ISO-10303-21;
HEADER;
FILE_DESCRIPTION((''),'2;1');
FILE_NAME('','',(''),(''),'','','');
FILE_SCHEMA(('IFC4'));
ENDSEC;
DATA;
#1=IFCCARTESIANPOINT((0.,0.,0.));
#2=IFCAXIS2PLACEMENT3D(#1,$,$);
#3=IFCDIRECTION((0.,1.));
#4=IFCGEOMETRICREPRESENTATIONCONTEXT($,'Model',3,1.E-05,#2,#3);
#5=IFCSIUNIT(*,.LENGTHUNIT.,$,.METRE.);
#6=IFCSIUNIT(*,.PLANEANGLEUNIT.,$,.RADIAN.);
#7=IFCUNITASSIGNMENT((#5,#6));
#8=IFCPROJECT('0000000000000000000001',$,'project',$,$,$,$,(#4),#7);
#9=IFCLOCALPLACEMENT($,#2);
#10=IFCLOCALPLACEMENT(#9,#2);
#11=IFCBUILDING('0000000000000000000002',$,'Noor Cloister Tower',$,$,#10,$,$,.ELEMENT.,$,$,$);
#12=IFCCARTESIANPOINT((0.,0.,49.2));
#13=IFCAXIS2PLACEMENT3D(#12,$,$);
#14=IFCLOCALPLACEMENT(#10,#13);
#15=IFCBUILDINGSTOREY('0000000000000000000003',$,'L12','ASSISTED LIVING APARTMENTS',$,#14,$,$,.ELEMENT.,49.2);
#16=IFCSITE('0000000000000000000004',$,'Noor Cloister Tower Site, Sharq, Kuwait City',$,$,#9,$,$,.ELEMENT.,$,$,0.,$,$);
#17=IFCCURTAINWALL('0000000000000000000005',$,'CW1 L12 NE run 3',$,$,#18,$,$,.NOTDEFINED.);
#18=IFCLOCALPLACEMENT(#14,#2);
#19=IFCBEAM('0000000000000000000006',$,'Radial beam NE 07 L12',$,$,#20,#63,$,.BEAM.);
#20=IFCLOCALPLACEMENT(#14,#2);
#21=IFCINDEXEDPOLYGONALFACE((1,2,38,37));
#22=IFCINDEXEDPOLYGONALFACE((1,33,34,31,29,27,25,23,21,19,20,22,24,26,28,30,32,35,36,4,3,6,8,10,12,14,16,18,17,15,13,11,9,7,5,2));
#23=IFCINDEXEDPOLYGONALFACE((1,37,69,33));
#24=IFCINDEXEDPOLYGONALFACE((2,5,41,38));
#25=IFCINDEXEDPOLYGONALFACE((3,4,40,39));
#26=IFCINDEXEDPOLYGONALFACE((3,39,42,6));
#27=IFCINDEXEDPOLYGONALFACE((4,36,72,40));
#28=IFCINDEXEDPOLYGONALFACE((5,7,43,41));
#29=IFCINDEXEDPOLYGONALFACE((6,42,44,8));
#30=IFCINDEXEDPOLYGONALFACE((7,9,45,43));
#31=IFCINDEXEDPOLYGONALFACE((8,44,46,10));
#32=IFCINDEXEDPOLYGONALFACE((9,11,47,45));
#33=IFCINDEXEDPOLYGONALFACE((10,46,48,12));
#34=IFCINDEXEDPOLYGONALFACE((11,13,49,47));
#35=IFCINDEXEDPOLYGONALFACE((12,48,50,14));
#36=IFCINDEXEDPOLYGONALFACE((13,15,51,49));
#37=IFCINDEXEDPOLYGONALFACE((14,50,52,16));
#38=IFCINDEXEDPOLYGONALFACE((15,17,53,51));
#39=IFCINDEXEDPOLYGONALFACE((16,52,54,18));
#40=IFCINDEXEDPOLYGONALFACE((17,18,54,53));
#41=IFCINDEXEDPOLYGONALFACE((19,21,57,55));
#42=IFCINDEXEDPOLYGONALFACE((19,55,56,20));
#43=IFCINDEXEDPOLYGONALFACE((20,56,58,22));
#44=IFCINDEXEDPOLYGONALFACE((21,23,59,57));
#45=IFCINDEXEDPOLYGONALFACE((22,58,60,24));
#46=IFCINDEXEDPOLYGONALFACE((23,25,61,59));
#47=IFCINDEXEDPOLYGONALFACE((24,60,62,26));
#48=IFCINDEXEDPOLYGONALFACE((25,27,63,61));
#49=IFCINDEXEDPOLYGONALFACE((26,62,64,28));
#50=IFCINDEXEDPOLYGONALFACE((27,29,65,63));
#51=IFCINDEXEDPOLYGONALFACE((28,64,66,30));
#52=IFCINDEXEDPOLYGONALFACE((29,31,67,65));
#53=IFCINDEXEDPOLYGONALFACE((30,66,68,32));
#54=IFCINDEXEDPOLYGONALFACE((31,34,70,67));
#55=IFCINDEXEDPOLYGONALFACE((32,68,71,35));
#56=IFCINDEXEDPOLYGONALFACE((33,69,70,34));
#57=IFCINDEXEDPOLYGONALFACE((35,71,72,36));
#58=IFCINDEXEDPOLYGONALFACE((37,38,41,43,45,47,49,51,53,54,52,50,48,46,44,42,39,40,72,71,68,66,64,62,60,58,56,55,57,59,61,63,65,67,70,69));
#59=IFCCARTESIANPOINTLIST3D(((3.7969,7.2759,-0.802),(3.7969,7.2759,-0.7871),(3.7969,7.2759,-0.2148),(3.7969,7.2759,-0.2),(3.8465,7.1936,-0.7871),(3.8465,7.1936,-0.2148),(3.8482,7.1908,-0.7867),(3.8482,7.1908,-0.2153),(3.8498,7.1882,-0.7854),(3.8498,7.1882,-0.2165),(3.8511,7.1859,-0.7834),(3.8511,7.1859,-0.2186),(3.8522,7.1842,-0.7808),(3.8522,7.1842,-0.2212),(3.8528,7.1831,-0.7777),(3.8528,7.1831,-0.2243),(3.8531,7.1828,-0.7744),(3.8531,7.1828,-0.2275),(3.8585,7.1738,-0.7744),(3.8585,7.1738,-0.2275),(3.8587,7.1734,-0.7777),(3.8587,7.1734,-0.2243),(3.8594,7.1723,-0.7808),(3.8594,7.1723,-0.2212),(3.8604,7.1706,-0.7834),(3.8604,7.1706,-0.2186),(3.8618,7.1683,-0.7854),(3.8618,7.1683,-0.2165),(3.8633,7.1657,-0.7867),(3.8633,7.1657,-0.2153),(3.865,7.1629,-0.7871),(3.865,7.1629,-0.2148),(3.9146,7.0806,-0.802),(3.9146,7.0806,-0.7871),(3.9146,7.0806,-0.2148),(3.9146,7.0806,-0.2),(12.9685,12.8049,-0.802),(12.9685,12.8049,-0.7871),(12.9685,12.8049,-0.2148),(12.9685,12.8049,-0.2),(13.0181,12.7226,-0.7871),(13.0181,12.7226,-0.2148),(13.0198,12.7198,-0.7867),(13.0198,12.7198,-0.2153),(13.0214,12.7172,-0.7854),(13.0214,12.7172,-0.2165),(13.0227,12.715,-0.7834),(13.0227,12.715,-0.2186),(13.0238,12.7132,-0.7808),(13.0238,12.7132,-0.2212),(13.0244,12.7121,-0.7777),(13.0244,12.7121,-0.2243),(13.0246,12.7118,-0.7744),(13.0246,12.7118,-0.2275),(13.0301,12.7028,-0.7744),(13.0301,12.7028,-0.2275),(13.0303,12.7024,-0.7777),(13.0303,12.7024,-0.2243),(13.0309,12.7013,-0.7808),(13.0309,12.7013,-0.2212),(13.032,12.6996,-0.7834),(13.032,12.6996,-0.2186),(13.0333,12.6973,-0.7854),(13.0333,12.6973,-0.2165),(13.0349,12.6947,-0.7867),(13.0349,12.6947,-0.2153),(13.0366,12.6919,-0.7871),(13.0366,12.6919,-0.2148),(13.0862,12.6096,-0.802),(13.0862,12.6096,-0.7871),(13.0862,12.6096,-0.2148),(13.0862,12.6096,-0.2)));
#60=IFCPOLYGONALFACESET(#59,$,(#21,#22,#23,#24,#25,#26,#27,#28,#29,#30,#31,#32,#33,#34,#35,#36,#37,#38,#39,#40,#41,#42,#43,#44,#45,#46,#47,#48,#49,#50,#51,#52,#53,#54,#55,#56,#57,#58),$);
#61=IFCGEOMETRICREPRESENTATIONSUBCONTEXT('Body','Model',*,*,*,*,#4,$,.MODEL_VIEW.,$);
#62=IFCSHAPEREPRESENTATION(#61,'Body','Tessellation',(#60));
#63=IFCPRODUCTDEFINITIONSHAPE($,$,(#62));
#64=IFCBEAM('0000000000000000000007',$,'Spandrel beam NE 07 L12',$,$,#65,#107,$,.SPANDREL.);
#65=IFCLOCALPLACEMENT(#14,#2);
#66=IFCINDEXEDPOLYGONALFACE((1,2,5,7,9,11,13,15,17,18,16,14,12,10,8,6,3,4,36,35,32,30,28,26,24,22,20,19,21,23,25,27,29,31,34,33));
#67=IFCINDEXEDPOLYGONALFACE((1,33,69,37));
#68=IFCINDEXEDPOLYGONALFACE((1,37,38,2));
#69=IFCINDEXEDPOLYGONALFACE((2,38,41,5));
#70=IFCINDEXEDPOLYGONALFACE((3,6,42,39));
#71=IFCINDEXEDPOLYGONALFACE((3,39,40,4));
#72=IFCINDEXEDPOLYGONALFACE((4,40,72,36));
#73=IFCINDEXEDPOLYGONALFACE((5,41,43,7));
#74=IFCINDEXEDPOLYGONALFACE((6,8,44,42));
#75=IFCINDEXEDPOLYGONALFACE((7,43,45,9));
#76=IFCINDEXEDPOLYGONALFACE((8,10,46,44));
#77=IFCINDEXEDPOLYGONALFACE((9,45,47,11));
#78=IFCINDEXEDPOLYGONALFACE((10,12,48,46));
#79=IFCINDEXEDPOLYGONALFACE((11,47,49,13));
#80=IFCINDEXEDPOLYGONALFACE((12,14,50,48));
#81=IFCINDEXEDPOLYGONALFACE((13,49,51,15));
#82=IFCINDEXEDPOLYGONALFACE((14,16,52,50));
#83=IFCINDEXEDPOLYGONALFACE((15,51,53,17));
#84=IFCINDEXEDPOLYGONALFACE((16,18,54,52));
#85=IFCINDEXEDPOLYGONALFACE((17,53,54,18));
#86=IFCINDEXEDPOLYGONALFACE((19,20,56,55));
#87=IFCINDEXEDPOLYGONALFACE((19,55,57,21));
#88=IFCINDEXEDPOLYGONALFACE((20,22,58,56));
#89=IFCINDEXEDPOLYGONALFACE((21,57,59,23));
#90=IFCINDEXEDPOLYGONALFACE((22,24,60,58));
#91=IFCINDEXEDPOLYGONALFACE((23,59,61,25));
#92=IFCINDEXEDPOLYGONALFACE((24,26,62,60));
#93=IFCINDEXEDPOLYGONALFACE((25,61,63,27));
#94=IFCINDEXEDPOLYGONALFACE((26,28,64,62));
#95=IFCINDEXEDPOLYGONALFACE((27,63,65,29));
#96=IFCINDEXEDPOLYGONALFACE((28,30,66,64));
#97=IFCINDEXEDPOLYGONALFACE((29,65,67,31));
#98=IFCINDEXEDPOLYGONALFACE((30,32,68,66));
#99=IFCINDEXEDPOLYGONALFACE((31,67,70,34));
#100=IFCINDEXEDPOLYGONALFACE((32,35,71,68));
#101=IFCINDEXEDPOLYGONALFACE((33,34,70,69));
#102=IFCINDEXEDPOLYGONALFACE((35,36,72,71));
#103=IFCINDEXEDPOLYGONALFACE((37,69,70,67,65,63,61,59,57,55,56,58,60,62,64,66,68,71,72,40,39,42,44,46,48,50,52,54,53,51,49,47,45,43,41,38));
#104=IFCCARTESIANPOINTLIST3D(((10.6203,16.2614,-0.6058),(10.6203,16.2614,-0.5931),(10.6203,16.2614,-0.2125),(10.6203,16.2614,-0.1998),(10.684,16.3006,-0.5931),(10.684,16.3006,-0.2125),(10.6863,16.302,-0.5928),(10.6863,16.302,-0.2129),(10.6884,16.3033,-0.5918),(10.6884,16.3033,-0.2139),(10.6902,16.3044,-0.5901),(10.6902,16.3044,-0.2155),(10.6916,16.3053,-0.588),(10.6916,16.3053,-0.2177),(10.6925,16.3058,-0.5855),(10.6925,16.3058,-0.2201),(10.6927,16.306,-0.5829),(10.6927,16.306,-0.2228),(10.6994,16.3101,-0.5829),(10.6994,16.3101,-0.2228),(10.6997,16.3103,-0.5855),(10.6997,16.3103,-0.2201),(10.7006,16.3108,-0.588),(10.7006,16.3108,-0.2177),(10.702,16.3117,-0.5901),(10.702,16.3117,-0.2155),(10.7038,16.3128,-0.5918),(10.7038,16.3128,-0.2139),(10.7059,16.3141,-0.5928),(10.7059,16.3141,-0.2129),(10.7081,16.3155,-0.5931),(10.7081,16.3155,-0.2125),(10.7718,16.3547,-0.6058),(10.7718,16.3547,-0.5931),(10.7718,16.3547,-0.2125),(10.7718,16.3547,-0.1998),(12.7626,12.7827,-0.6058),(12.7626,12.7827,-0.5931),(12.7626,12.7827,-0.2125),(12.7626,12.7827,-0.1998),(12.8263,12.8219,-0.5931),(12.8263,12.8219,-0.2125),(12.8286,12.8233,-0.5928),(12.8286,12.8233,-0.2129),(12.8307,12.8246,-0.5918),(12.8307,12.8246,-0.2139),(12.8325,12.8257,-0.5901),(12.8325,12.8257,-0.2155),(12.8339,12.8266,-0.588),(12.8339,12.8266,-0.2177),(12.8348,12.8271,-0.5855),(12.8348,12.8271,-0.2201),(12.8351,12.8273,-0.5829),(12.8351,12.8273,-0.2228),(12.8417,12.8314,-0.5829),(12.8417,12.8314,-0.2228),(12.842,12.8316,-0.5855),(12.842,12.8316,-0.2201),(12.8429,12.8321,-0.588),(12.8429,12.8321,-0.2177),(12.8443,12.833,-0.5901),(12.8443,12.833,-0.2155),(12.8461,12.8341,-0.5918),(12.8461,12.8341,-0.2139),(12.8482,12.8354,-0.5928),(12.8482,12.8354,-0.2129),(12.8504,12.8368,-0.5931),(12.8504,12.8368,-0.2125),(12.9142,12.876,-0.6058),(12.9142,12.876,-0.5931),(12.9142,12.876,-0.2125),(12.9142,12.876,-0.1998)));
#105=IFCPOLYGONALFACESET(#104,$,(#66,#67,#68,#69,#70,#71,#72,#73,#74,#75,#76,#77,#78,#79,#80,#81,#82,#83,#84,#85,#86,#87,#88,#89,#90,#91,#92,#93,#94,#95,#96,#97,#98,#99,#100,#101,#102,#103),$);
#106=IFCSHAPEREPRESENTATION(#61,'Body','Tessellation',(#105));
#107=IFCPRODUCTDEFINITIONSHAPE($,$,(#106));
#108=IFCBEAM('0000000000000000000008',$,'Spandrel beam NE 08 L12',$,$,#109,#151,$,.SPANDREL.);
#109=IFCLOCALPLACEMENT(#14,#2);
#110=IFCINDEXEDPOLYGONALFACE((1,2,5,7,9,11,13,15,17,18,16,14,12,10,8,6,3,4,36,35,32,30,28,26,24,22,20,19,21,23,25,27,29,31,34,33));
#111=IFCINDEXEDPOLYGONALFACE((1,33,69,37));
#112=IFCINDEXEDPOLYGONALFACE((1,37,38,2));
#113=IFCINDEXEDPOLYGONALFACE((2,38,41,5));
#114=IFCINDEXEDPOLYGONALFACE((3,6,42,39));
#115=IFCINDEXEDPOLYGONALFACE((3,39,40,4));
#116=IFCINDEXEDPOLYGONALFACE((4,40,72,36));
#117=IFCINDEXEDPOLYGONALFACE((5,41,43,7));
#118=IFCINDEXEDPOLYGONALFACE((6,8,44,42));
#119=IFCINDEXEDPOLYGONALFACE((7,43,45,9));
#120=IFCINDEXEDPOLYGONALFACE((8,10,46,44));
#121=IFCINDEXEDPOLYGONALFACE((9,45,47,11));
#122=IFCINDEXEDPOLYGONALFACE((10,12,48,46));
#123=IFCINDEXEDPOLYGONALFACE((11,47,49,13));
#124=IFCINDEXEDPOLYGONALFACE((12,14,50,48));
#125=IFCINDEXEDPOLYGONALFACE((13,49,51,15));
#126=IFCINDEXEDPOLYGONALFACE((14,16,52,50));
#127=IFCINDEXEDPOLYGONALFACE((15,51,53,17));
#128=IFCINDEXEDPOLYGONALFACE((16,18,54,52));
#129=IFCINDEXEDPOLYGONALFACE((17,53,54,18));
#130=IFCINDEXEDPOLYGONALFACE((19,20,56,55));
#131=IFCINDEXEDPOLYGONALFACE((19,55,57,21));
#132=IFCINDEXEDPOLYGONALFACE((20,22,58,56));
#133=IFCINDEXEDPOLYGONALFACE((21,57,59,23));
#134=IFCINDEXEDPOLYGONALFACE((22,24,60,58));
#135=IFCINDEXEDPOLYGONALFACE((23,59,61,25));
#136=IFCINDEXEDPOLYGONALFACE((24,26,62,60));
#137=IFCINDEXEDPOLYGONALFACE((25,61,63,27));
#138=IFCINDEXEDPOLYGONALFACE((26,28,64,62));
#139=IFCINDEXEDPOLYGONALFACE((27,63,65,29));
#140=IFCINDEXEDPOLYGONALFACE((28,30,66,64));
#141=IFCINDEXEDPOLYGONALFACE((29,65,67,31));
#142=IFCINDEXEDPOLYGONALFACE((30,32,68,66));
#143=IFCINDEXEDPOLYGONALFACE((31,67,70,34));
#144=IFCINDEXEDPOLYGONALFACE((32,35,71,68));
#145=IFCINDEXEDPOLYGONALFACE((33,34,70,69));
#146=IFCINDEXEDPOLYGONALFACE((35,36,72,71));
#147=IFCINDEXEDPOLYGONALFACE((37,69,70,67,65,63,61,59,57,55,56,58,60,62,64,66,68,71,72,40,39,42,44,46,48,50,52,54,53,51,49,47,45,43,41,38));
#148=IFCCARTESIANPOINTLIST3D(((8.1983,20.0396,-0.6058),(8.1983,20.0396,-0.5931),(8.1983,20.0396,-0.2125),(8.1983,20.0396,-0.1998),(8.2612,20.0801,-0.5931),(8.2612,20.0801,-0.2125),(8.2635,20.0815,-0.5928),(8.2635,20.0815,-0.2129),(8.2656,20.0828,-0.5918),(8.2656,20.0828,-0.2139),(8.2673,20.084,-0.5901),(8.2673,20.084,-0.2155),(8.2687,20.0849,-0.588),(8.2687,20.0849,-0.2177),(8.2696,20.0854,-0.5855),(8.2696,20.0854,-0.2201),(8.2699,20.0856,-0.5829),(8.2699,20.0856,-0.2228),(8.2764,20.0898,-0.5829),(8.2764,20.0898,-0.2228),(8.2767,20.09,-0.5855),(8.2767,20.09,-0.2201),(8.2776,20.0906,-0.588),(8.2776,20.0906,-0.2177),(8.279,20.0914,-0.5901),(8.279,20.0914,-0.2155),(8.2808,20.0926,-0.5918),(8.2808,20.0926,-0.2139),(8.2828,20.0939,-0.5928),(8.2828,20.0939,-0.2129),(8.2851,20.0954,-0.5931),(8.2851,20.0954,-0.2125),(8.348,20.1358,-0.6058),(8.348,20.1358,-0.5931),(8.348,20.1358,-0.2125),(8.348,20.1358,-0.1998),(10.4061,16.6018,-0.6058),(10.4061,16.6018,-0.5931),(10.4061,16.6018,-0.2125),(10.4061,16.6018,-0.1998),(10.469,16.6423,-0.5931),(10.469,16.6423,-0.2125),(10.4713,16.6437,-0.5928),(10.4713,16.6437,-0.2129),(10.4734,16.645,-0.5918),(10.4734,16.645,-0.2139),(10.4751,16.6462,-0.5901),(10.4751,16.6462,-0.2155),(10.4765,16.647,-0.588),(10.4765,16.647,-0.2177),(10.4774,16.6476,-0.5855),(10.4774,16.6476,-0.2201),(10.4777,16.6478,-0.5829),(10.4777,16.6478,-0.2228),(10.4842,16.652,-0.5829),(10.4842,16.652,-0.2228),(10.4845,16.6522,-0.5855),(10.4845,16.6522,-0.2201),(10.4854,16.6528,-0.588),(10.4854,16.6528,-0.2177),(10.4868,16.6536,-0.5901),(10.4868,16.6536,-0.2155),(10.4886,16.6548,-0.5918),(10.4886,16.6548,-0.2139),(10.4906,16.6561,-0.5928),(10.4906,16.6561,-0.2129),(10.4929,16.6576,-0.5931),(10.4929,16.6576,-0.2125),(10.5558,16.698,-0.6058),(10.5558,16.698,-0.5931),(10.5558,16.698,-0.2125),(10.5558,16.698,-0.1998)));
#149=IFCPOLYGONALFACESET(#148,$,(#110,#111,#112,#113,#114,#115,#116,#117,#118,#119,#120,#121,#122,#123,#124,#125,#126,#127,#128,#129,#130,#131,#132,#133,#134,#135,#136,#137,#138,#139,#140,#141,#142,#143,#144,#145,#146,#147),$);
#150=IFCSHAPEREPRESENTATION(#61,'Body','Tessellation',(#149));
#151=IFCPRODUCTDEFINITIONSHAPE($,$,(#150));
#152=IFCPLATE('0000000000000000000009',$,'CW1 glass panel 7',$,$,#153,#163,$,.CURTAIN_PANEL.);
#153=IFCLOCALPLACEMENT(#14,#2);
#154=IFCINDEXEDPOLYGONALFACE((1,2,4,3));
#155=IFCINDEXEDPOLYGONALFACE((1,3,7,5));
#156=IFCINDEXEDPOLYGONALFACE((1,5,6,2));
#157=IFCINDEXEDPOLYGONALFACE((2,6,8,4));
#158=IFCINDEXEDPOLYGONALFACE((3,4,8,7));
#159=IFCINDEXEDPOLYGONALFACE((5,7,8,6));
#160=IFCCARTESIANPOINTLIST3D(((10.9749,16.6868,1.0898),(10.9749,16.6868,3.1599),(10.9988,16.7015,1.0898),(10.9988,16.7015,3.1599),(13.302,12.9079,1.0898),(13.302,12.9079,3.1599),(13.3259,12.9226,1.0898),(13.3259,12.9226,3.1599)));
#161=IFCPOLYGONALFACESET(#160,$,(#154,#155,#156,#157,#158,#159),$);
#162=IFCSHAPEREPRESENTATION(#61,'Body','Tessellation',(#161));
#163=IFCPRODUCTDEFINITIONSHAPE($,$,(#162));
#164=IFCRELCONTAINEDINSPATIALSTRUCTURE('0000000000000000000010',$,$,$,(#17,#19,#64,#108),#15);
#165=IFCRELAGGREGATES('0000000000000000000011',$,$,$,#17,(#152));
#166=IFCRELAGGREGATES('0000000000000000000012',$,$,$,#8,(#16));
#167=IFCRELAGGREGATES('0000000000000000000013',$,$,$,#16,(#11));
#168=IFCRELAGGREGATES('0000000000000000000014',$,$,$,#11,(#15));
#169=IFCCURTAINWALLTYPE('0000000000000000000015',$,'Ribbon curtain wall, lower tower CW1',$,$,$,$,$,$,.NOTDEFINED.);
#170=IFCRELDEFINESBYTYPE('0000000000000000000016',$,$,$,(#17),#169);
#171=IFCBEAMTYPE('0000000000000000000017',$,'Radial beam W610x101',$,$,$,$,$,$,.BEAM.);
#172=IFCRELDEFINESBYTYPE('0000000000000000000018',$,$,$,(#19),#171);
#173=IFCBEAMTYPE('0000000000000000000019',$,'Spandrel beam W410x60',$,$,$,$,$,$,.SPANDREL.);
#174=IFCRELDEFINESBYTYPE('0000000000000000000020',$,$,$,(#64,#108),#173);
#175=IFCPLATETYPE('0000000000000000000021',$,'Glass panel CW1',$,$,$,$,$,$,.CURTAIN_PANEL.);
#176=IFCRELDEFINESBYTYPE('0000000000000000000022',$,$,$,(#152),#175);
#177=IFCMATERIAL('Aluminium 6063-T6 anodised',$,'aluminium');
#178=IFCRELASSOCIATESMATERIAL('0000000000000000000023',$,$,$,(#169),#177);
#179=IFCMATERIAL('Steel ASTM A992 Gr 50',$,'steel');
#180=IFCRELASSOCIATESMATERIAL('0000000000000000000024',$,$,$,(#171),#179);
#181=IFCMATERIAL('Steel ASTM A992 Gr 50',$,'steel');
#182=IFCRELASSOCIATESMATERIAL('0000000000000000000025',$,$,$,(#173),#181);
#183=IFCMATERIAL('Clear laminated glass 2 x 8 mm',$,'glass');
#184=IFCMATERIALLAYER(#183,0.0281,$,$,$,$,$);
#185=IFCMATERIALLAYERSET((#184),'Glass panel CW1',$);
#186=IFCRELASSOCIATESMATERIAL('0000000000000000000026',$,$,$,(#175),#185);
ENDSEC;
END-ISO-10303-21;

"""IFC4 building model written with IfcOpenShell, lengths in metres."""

from ifc_helpers import new_model, si_unit, direction, frame, origin, origin_2d, place, context, subcontext, project, spatial, rectangle, i_section, extrude, material, layer, layer_set, material_profile, profile_set, type_object, element, aggregate, save


model = new_model("IFC4")

# Units and contexts
model_context = context("Model", 3, precision=1e-05, world=origin(), true_north=direction((0.0, 1.0)))
body_context = subcontext(model_context, "Body", "Model", "MODEL_VIEW")
ifc_project = project(units=[si_unit("LENGTHUNIT", "METRE"), si_unit("PLANEANGLEUNIT", "RADIAN")], contexts=[model_context])

# Site, building, storey
site_placement = place(None, origin())
site = spatial("IfcSite", under=ifc_project, at=site_placement, Name="Noor Cloister Tower Site, Sharq, Kuwait City", CompositionType="ELEMENT", RefElevation=0.0)
building_placement = place(site_placement, origin())
building = spatial("IfcBuilding", under=site, at=building_placement, Name="Noor Cloister Tower", CompositionType="ELEMENT")
storey_placement = place(building_placement, frame((0.0, 0.0, 49.2)))
storey = spatial("IfcBuildingStorey", under=building, at=storey_placement, Name="L12", Description="ASSISTED LIVING APARTMENTS", CompositionType="ELEMENT", Elevation=49.2)

# Curtain wall
ifc_material_1 = material(Name="Aluminium 6063-T6 anodised", Category="aluminium")
curtain_wall_type = type_object("IfcCurtainWallType", Name="Ribbon curtain wall, lower tower CW1", PredefinedType="NOTDEFINED", material=ifc_material_1)
curtain_wall_placement = place(storey_placement, origin())
curtain_wall = element("IfcCurtainWall", 1, at=curtain_wall_placement, inside=storey, type_object=curtain_wall_type, Name="CW1 L12 NE run 3", PredefinedType="NOTDEFINED")

# Beams
ifc_material_2 = material(Name="Steel ASTM A992 Gr 50", Category="steel")
ifc_material_profile_1 = material_profile(ifc_material_2, i_section(OverallWidth=0.228, OverallDepth=0.6021, WebThickness=0.0105, FlangeThickness=0.0149, FilletRadius=0.0127, at=origin_2d()), Name="W610x101")
ifc_profile_set_1 = profile_set([ifc_material_profile_1], Name="Steel ASTM A992 Gr 50")
beam_type_1 = type_object("IfcBeamType", Name="Radial beam W610x101", PredefinedType="BEAM", material=ifc_profile_set_1)
beam_1_placement = place(storey_placement, frame((13.0273, 12.7073, -0.501), z_axis=(-0.856417, -0.516285, 0.0), x_axis=(0.516285, -0.856417, 0.0)))
element("IfcBeam", 2, at=beam_1_placement, inside=storey, type_object=beam_type_1, Name="Radial beam NE 07 L12", PredefinedType="BEAM", context=body_context, shape_type="SweptSolid", body=[
    extrude(i_section(OverallWidth=0.228, OverallDepth=0.6021, WebThickness=0.0105, FlangeThickness=0.0149, FilletRadius=0.0127, at=origin_2d()), origin(), (0.0, 0.0, 1.0), 10.7092),
])
ifc_material_3 = material(Name="Steel ASTM A992 Gr 50", Category="steel")
ifc_material_profile_2 = material_profile(ifc_material_3, i_section(OverallWidth=0.178, OverallDepth=0.406, WebThickness=0.0078, FlangeThickness=0.0127, FilletRadius=0.0103, at=origin_2d()), Name="W410x60")
ifc_profile_set_2 = profile_set([ifc_material_profile_2], Name="Steel ASTM A992 Gr 50")
beam_type_2 = type_object("IfcBeamType", Name="Spandrel beam W410x60", PredefinedType="SPANDREL", material=ifc_profile_set_2)
beam_2_placement = place(storey_placement, frame((12.8384, 12.8293, -0.4028), z_axis=(-0.524374, 0.851488, 0.0), x_axis=(-0.851488, -0.524374, 0.0)))
element("IfcBeam", 3, at=beam_2_placement, inside=storey, type_object=beam_type_2, Name="Spandrel beam NE 07 L12", PredefinedType="SPANDREL", context=body_context, shape_type="SweptSolid", body=[
    extrude(i_section(OverallWidth=0.178, OverallDepth=0.406, WebThickness=0.0078, FlangeThickness=0.0127, FilletRadius=0.0103, at=origin_2d()), origin(), (0.0, 0.0, 1.0), 4.0854),
])
beam_3_placement = place(storey_placement, frame((10.481, 16.6499, -0.4028), z_axis=(-0.540374, 0.841425, 0.0), x_axis=(-0.841425, -0.540374, 0.0)))
element("IfcBeam", 4, at=beam_3_placement, inside=storey, type_object=beam_type_2, Name="Spandrel beam NE 08 L12", PredefinedType="SPANDREL", context=body_context, shape_type="SweptSolid", body=[
    extrude(i_section(OverallWidth=0.178, OverallDepth=0.406, WebThickness=0.0078, FlangeThickness=0.0127, FilletRadius=0.0103, at=origin_2d()), origin(), (0.0, 0.0, 1.0), 4.0857),
])

# Plate
ifc_material_4 = material(Name="Clear laminated glass 2 x 8 mm", Category="glass")
ifc_layer_1 = layer(ifc_material_4, 0.0281)
ifc_layer_set_1 = layer_set([ifc_layer_1], Name="Glass panel CW1")
plate_type = type_object("IfcPlateType", Name="Glass panel CW1", PredefinedType="CURTAIN_PANEL", material=ifc_layer_set_1)
plate_placement = place(storey_placement, frame((12.1504, 14.8047, 1.0898), z_axis=(0.0, 0.0, 1.0), x_axis=(-0.524368, 0.851492, 0.0)))
plate = element("IfcPlate", 5, at=plate_placement, type_object=plate_type, Name="CW1 glass panel 7", PredefinedType="CURTAIN_PANEL", context=body_context, shape_type="SweptSolid", body=[
    extrude(rectangle(XDim=4.438, YDim=0.0281, at=origin_2d()), origin(), (0.0, 0.0, 1.0), 2.0701),
])
aggregate(curtain_wall, [plate])

save(model, "model.ifc")
